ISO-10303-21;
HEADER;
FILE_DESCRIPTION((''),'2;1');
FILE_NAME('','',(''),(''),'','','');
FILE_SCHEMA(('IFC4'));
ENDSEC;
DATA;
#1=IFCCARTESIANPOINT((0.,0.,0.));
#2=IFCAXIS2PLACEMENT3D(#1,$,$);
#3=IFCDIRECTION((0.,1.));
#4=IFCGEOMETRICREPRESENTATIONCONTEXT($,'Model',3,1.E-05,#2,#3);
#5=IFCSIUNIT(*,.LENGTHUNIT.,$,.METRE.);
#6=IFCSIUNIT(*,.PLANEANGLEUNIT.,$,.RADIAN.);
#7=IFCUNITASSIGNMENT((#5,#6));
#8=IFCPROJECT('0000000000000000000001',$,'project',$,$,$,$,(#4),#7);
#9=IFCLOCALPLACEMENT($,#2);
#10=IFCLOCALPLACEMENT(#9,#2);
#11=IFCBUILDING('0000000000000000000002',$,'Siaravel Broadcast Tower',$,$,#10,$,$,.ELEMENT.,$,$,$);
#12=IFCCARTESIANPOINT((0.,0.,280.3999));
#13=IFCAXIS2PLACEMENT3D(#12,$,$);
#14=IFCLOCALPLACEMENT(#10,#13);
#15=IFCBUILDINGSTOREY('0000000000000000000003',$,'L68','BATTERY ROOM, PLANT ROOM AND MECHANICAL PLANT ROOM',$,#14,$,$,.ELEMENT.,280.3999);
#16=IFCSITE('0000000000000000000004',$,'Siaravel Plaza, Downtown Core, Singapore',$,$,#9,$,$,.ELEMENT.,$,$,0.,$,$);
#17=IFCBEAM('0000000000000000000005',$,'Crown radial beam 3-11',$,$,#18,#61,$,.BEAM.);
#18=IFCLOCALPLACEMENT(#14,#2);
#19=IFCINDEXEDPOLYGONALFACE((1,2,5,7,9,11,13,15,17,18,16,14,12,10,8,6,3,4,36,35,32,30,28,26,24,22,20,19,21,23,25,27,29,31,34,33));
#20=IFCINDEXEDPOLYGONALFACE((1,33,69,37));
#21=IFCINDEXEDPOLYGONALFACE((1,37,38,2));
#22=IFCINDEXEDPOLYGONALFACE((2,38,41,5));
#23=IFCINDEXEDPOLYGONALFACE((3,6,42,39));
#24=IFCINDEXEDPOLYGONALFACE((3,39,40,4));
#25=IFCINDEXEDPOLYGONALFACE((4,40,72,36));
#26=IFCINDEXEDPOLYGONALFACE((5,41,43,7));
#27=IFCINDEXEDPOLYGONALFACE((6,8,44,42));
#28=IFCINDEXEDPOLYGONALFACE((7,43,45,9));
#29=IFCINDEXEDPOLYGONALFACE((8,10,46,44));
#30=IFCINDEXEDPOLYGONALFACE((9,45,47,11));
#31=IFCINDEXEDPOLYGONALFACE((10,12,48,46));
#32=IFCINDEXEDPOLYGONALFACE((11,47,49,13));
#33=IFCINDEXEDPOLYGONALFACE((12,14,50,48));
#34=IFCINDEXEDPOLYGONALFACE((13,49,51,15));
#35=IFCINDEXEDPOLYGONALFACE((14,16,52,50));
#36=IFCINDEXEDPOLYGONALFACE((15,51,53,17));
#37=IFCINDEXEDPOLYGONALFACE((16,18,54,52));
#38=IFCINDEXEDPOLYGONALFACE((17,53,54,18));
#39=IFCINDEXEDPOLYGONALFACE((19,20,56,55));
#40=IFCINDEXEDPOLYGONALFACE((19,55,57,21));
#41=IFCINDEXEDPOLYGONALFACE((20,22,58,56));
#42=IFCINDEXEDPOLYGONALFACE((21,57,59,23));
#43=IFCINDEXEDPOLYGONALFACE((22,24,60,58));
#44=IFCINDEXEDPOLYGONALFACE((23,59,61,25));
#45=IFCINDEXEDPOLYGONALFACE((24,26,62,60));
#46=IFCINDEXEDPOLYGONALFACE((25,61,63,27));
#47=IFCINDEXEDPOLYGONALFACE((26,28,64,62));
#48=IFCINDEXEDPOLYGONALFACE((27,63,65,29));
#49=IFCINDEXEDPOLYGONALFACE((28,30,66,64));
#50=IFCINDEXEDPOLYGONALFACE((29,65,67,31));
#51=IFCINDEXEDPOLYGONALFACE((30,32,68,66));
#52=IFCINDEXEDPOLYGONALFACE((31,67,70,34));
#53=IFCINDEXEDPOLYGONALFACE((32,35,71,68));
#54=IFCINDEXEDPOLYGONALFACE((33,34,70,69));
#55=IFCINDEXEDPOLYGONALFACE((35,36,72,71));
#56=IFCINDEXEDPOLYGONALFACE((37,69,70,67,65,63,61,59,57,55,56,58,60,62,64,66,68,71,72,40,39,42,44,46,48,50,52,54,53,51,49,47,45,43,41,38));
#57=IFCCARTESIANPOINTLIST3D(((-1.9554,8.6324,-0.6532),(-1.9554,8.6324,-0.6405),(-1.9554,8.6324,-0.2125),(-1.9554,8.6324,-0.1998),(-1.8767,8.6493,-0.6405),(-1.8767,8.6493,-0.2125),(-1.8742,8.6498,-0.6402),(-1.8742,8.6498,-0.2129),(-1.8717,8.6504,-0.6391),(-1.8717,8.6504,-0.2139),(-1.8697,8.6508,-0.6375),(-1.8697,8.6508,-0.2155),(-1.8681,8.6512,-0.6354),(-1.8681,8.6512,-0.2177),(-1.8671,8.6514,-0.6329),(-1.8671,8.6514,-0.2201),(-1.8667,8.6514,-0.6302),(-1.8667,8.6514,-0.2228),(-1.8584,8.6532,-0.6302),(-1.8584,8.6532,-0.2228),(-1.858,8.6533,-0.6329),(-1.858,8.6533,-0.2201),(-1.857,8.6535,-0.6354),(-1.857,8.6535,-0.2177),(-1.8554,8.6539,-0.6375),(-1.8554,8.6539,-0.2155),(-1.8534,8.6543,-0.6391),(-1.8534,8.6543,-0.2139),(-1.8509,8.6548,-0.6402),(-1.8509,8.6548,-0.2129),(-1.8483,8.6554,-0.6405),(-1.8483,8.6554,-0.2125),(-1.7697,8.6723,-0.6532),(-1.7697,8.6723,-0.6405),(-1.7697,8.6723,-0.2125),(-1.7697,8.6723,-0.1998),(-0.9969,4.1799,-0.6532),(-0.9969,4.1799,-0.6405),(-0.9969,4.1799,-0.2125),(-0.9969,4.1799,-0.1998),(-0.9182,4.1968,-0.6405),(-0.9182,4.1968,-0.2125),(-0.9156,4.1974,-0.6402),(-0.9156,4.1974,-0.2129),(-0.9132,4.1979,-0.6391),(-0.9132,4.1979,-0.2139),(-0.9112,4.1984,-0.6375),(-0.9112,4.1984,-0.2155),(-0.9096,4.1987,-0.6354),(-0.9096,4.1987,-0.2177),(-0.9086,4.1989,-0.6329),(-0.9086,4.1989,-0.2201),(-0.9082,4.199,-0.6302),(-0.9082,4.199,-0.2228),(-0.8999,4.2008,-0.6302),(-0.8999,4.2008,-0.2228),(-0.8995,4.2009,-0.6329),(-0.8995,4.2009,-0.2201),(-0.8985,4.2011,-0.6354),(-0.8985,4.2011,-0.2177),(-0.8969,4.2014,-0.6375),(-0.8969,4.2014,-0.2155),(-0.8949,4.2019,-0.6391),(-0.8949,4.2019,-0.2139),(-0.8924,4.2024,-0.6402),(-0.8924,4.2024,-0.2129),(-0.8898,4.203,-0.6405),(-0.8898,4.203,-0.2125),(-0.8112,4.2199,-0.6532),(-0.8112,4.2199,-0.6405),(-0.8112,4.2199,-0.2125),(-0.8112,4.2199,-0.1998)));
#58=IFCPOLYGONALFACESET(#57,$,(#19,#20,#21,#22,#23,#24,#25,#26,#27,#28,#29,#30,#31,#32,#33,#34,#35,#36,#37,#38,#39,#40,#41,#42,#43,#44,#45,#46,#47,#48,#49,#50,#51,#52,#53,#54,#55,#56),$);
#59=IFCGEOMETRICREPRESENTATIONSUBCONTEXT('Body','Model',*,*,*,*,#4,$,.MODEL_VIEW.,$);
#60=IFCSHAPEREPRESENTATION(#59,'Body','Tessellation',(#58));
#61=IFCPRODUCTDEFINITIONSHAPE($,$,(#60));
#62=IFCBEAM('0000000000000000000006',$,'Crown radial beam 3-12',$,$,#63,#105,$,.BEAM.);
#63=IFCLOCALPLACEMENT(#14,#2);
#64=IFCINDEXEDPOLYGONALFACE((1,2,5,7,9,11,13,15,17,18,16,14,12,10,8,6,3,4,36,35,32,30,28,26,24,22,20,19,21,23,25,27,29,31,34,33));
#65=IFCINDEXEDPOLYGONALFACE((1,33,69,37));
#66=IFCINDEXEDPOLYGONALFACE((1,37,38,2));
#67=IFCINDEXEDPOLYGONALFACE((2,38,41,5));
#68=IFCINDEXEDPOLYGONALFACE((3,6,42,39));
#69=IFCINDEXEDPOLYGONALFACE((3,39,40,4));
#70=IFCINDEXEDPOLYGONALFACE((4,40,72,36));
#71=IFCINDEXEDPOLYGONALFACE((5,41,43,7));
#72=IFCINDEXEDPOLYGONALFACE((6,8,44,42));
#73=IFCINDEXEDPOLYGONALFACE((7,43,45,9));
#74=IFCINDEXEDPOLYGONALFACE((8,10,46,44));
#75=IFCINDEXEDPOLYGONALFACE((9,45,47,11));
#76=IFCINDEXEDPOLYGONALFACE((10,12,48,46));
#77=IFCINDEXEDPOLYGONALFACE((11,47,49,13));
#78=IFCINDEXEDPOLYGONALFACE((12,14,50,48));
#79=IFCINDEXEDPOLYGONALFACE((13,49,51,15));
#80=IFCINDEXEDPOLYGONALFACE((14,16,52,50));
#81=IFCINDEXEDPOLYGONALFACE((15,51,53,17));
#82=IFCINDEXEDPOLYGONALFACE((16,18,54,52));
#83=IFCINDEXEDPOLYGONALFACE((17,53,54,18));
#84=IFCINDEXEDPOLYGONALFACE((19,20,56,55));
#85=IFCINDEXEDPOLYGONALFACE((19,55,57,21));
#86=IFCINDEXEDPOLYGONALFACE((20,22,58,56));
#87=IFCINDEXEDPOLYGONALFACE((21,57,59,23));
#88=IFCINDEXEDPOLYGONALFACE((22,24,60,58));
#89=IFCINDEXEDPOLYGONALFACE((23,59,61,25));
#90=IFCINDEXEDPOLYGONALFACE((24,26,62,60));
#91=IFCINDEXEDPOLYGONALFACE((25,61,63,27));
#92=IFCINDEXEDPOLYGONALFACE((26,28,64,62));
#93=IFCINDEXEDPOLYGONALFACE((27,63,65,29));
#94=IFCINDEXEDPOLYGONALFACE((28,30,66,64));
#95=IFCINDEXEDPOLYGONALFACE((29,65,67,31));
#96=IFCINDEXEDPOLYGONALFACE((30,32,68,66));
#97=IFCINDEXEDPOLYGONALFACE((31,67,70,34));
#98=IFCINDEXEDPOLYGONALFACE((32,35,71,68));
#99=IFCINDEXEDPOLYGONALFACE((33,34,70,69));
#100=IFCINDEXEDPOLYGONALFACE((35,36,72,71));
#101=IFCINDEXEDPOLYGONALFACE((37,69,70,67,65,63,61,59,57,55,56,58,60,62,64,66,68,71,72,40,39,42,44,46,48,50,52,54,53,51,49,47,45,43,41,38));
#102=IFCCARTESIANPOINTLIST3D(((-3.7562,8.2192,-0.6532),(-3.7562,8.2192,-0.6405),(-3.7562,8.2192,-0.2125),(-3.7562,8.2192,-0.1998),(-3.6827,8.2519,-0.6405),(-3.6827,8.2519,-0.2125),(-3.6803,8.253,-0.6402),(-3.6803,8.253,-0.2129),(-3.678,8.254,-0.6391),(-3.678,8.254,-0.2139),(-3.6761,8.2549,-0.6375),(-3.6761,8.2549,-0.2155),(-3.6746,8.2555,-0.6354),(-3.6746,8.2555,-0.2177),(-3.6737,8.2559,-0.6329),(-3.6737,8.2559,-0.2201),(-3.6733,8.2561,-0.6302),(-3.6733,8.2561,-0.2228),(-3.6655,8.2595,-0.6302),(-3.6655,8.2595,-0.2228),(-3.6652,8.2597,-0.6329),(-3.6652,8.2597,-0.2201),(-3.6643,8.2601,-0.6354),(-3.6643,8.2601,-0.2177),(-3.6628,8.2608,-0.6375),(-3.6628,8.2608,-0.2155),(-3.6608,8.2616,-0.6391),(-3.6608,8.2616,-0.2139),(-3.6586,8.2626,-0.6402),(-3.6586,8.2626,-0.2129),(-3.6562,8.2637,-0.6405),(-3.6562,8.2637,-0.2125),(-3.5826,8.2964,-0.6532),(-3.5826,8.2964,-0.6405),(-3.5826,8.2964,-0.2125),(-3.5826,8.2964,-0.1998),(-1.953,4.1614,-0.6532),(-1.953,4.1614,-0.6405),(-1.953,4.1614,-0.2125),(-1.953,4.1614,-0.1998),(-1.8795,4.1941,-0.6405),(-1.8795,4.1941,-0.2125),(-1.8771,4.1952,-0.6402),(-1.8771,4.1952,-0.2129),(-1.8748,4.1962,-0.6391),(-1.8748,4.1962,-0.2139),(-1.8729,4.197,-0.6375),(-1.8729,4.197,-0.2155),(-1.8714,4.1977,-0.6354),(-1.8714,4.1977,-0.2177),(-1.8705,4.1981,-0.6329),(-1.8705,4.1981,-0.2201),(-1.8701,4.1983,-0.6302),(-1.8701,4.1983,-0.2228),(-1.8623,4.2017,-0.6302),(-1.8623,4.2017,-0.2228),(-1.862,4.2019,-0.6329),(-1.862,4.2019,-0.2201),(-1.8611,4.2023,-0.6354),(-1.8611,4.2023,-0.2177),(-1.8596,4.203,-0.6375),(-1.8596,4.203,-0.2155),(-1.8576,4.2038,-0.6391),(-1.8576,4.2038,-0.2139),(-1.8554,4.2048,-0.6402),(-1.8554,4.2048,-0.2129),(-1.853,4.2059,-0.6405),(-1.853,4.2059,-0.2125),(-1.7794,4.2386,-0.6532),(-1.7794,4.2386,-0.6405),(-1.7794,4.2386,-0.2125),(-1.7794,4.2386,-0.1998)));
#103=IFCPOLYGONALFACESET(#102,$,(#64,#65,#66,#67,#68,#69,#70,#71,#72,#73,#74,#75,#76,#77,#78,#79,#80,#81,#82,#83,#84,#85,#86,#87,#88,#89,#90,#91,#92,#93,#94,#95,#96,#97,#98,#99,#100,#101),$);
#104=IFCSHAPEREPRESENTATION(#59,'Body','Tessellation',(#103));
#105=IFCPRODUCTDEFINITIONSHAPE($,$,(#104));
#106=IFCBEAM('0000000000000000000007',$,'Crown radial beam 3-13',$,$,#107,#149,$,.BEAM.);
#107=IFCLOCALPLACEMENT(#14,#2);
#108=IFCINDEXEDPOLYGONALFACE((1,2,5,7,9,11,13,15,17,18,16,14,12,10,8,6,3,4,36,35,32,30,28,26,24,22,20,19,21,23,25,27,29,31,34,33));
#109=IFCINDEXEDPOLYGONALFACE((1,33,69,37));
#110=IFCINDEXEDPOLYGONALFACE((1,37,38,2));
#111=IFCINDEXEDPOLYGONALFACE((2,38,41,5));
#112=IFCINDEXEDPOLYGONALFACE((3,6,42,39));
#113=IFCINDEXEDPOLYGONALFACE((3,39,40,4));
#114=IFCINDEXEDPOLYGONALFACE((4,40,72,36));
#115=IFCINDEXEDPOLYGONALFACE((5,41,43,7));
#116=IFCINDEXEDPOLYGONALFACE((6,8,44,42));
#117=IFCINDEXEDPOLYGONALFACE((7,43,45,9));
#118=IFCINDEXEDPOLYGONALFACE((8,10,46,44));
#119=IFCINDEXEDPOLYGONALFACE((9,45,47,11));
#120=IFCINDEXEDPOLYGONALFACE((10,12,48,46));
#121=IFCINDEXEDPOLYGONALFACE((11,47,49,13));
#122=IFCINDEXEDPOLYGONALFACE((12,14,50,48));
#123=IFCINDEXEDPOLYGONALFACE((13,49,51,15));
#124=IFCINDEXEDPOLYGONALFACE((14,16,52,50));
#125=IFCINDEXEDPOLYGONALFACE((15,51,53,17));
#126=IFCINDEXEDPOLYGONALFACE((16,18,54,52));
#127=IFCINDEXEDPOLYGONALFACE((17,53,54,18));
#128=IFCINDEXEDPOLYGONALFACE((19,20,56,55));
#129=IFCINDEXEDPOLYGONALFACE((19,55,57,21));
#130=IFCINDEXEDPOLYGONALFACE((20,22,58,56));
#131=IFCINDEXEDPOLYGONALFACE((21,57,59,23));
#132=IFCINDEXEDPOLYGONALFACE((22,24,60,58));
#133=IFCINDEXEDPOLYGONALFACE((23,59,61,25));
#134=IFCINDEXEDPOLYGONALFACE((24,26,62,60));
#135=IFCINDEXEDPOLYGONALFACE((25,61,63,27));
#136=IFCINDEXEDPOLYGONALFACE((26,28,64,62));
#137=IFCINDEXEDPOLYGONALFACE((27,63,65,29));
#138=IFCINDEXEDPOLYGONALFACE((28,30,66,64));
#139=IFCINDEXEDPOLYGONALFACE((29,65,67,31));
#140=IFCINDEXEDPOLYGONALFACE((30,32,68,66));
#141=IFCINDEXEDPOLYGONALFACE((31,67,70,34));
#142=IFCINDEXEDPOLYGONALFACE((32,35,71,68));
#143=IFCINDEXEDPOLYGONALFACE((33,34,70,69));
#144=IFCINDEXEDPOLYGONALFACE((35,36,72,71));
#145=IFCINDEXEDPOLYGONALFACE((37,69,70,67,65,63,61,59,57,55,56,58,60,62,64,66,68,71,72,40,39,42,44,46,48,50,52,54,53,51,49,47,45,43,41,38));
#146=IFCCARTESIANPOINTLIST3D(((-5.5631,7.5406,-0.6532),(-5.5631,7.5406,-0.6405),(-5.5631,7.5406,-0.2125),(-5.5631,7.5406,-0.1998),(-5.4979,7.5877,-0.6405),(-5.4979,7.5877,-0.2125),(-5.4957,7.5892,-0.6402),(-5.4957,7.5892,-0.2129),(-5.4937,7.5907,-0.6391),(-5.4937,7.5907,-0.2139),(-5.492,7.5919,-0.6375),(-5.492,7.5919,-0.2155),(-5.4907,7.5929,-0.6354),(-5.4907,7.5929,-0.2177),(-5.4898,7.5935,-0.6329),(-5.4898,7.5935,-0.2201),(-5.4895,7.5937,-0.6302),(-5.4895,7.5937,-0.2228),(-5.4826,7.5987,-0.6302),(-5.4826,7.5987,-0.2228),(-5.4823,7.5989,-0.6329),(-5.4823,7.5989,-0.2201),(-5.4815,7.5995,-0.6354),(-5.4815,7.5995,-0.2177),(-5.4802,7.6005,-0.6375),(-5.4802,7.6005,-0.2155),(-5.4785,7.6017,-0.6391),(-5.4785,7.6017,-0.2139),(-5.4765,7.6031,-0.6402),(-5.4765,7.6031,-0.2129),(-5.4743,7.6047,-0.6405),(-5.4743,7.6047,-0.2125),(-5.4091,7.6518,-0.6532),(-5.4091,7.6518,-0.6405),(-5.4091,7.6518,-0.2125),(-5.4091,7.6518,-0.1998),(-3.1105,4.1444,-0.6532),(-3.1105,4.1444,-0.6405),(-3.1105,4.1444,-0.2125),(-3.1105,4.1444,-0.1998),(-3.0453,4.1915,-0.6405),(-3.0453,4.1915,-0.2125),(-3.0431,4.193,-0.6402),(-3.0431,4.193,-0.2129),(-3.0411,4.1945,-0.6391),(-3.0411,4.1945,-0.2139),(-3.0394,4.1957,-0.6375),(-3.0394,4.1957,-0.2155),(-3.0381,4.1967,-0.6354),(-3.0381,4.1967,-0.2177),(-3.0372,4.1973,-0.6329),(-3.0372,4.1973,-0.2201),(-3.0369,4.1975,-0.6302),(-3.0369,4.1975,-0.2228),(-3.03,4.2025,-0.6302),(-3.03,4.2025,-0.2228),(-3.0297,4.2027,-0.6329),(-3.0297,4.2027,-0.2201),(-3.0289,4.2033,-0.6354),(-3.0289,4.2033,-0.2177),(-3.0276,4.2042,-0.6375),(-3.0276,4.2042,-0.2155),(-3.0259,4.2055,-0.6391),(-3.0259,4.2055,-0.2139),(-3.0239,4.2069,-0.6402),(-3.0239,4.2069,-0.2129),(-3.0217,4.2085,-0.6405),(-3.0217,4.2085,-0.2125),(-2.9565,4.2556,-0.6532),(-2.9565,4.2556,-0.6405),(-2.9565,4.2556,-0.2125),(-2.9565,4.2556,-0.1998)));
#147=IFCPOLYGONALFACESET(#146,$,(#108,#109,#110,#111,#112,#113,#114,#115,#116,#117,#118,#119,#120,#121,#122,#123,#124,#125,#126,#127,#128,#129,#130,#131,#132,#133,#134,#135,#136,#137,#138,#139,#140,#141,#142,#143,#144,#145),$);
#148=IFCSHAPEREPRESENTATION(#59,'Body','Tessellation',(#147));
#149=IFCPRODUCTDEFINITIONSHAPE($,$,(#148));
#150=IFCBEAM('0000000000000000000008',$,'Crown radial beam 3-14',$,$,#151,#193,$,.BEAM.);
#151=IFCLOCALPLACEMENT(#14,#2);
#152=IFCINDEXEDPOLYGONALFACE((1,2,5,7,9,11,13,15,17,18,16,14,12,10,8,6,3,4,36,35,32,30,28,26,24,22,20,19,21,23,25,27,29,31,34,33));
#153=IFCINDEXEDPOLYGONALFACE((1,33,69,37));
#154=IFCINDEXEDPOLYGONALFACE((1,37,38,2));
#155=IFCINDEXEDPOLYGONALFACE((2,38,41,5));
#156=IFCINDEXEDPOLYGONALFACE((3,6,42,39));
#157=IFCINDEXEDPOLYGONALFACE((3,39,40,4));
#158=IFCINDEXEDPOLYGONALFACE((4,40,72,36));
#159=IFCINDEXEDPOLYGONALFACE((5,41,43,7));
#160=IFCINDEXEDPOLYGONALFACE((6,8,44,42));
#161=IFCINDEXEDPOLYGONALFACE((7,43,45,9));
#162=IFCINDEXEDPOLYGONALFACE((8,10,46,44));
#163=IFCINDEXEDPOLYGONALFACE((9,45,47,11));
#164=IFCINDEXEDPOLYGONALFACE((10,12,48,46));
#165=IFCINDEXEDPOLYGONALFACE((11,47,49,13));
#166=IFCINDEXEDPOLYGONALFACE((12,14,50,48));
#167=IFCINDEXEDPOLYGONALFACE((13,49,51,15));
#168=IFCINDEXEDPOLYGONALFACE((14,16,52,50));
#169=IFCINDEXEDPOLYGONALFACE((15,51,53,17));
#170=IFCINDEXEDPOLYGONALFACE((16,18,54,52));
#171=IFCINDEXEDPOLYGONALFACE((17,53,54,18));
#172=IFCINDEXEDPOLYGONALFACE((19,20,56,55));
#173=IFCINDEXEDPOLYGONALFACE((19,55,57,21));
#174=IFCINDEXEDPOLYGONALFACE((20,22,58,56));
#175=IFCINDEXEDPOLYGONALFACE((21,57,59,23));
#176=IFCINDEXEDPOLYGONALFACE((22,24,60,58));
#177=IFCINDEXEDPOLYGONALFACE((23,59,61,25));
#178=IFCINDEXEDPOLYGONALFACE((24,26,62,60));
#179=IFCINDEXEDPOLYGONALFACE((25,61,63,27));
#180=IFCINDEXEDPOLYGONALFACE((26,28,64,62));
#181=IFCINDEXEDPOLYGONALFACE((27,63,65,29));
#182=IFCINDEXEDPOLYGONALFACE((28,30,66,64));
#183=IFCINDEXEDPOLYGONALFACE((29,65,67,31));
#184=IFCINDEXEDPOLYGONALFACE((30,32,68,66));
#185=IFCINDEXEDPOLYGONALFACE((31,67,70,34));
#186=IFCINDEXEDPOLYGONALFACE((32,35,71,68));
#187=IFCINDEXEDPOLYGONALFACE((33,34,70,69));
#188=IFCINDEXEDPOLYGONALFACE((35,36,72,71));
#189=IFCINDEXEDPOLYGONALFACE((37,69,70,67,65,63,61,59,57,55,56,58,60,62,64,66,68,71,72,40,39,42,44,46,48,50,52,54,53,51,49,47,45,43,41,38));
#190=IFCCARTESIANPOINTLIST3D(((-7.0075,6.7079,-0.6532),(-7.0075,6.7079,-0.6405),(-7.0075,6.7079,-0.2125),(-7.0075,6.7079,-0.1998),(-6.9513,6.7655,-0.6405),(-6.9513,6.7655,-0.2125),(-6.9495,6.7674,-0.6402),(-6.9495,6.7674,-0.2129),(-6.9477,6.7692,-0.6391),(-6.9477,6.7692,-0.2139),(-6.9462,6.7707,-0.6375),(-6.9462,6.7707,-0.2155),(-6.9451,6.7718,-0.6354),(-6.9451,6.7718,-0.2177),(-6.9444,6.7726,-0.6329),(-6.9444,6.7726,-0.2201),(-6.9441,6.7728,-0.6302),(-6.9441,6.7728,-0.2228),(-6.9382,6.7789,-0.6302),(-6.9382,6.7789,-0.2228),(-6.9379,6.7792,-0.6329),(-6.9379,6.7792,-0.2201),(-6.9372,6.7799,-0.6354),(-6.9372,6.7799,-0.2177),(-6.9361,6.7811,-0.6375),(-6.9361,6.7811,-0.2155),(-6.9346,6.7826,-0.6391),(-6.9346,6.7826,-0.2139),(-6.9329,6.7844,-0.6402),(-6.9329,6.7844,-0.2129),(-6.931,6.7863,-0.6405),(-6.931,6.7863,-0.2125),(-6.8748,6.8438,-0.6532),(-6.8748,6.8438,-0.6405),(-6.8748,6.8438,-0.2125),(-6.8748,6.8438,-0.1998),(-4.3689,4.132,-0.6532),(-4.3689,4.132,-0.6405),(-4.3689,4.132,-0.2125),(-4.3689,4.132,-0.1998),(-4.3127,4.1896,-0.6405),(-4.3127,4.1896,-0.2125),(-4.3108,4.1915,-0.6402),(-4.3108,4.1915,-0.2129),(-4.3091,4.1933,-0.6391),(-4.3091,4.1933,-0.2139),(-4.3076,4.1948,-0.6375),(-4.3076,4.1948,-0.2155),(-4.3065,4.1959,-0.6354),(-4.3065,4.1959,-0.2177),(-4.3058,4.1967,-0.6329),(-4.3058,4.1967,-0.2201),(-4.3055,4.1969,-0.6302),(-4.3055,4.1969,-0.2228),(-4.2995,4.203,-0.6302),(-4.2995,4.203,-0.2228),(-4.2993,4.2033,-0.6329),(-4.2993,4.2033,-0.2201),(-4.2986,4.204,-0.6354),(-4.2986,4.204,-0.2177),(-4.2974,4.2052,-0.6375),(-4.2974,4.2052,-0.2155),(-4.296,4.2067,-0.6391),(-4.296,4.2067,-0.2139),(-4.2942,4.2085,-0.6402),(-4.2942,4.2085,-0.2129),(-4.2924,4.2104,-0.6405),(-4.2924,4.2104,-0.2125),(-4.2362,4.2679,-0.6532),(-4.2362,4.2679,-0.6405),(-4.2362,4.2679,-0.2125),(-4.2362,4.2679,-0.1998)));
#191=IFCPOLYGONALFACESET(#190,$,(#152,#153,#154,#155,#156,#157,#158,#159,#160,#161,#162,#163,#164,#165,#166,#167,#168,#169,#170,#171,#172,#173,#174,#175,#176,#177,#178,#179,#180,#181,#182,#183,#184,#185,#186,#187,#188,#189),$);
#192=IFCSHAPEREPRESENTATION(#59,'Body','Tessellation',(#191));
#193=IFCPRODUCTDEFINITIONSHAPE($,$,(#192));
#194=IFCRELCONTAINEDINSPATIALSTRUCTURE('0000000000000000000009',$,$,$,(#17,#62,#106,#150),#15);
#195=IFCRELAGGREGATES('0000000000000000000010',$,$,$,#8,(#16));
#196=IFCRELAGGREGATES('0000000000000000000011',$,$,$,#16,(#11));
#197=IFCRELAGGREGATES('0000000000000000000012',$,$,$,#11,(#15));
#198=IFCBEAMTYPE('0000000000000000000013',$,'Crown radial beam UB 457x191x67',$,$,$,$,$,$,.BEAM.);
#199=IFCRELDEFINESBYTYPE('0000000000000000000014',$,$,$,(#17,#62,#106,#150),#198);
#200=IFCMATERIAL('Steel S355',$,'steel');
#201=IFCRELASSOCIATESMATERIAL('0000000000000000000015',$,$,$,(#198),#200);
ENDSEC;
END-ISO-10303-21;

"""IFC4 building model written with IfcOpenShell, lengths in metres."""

from ifc_helpers import new_model, si_unit, direction, frame, origin, origin_2d, place, context, subcontext, project, spatial, i_section, extrude, material, material_profile, profile_set, type_object, element, save


model = new_model("IFC4")

# Units and contexts
model_context = context("Model", 3, precision=1e-05, world=origin(), true_north=direction((0.0, 1.0)))
body_context = subcontext(model_context, "Body", "Model", "MODEL_VIEW")
ifc_project = project(units=[si_unit("LENGTHUNIT", "METRE"), si_unit("PLANEANGLEUNIT", "RADIAN")], contexts=[model_context])

# Site, building, storey
site_placement = place(None, origin())
site = spatial("IfcSite", under=ifc_project, at=site_placement, Name="Siaravel Plaza, Downtown Core, Singapore", CompositionType="ELEMENT", RefElevation=0.0)
building_placement = place(site_placement, origin())
building = spatial("IfcBuilding", under=site, at=building_placement, Name="Siaravel Broadcast Tower", CompositionType="ELEMENT")
storey_placement = place(building_placement, frame((0.0, 0.0, 280.3999)))
storey = spatial("IfcBuildingStorey", under=building, at=storey_placement, Name="L68", Description="BATTERY ROOM, PLANT ROOM AND MECHANICAL PLANT ROOM", CompositionType="ELEMENT", Elevation=280.3999)

# Beams
ifc_material_1 = material(Name="Steel S355", Category="steel")
ifc_material_profile_1 = material_profile(ifc_material_1, i_section(OverallWidth=0.1899, OverallDepth=0.4534, WebThickness=0.0085, FlangeThickness=0.0127, FilletRadius=0.0103, at=origin_2d()))
ifc_profile_set_1 = profile_set([ifc_material_profile_1], Name="Steel S355")
beam_type_1 = type_object("IfcBeamType", Name="Crown radial beam UB 457x191x67", PredefinedType="BEAM", material=ifc_profile_set_1)
beam_1_placement = place(storey_placement, frame((-1.8625, 8.6523, -0.4265), z_axis=(0.210455, -0.977604, 0.0), x_axis=(0.977604, 0.210455, 0.0)))
element("IfcBeam", 1, at=beam_1_placement, inside=storey, type_object=beam_type_1, Name="Crown radial beam 3-11", PredefinedType="BEAM", context=body_context, shape_type="SweptSolid", body=[
    extrude(i_section(OverallWidth=0.1899, OverallDepth=0.4534, WebThickness=0.0085, FlangeThickness=0.0127, FilletRadius=0.0103, at=origin_2d()), origin(), (0.0, 0.0, 1.0), 4.5544),
])
beam_2_placement = place(storey_placement, frame((-3.6694, 8.2578, -0.4265), z_axis=(0.406087, -0.913834, 0.0), x_axis=(0.913834, 0.406087, 0.0)))
element("IfcBeam", 2, at=beam_2_placement, inside=storey, type_object=beam_type_1, Name="Crown radial beam 3-12", PredefinedType="BEAM", context=body_context, shape_type="SweptSolid", body=[
    extrude(i_section(OverallWidth=0.1899, OverallDepth=0.4534, WebThickness=0.0085, FlangeThickness=0.0127, FilletRadius=0.0103, at=origin_2d()), origin(), (0.0, 0.0, 1.0), 4.4404),
])
beam_3_placement = place(storey_placement, frame((-5.4861, 7.5962, -0.4265), z_axis=(0.585459, -0.810702, 0.0), x_axis=(0.810702, 0.585459, 0.0)))
element("IfcBeam", 3, at=beam_3_placement, inside=storey, type_object=beam_type_1, Name="Crown radial beam 3-13", PredefinedType="BEAM", context=body_context, shape_type="SweptSolid", body=[
    extrude(i_section(OverallWidth=0.1899, OverallDepth=0.4534, WebThickness=0.0085, FlangeThickness=0.0127, FilletRadius=0.0103, at=origin_2d()), origin(), (0.0, 0.0, 1.0), 4.1892),
])
beam_4_placement = place(storey_placement, frame((-6.9412, 6.7759, -0.4265), z_axis=(0.715563, -0.698548, 0.0), x_axis=(0.698548, 0.715563, 0.0)))
element("IfcBeam", 4, at=beam_4_placement, inside=storey, type_object=beam_type_1, Name="Crown radial beam 3-14", PredefinedType="BEAM", context=body_context, shape_type="SweptSolid", body=[
    extrude(i_section(OverallWidth=0.1899, OverallDepth=0.4534, WebThickness=0.0085, FlangeThickness=0.0127, FilletRadius=0.0103, at=origin_2d()), origin(), (0.0, 0.0, 1.0), 3.6875),
])

save(model, "model.ifc")
